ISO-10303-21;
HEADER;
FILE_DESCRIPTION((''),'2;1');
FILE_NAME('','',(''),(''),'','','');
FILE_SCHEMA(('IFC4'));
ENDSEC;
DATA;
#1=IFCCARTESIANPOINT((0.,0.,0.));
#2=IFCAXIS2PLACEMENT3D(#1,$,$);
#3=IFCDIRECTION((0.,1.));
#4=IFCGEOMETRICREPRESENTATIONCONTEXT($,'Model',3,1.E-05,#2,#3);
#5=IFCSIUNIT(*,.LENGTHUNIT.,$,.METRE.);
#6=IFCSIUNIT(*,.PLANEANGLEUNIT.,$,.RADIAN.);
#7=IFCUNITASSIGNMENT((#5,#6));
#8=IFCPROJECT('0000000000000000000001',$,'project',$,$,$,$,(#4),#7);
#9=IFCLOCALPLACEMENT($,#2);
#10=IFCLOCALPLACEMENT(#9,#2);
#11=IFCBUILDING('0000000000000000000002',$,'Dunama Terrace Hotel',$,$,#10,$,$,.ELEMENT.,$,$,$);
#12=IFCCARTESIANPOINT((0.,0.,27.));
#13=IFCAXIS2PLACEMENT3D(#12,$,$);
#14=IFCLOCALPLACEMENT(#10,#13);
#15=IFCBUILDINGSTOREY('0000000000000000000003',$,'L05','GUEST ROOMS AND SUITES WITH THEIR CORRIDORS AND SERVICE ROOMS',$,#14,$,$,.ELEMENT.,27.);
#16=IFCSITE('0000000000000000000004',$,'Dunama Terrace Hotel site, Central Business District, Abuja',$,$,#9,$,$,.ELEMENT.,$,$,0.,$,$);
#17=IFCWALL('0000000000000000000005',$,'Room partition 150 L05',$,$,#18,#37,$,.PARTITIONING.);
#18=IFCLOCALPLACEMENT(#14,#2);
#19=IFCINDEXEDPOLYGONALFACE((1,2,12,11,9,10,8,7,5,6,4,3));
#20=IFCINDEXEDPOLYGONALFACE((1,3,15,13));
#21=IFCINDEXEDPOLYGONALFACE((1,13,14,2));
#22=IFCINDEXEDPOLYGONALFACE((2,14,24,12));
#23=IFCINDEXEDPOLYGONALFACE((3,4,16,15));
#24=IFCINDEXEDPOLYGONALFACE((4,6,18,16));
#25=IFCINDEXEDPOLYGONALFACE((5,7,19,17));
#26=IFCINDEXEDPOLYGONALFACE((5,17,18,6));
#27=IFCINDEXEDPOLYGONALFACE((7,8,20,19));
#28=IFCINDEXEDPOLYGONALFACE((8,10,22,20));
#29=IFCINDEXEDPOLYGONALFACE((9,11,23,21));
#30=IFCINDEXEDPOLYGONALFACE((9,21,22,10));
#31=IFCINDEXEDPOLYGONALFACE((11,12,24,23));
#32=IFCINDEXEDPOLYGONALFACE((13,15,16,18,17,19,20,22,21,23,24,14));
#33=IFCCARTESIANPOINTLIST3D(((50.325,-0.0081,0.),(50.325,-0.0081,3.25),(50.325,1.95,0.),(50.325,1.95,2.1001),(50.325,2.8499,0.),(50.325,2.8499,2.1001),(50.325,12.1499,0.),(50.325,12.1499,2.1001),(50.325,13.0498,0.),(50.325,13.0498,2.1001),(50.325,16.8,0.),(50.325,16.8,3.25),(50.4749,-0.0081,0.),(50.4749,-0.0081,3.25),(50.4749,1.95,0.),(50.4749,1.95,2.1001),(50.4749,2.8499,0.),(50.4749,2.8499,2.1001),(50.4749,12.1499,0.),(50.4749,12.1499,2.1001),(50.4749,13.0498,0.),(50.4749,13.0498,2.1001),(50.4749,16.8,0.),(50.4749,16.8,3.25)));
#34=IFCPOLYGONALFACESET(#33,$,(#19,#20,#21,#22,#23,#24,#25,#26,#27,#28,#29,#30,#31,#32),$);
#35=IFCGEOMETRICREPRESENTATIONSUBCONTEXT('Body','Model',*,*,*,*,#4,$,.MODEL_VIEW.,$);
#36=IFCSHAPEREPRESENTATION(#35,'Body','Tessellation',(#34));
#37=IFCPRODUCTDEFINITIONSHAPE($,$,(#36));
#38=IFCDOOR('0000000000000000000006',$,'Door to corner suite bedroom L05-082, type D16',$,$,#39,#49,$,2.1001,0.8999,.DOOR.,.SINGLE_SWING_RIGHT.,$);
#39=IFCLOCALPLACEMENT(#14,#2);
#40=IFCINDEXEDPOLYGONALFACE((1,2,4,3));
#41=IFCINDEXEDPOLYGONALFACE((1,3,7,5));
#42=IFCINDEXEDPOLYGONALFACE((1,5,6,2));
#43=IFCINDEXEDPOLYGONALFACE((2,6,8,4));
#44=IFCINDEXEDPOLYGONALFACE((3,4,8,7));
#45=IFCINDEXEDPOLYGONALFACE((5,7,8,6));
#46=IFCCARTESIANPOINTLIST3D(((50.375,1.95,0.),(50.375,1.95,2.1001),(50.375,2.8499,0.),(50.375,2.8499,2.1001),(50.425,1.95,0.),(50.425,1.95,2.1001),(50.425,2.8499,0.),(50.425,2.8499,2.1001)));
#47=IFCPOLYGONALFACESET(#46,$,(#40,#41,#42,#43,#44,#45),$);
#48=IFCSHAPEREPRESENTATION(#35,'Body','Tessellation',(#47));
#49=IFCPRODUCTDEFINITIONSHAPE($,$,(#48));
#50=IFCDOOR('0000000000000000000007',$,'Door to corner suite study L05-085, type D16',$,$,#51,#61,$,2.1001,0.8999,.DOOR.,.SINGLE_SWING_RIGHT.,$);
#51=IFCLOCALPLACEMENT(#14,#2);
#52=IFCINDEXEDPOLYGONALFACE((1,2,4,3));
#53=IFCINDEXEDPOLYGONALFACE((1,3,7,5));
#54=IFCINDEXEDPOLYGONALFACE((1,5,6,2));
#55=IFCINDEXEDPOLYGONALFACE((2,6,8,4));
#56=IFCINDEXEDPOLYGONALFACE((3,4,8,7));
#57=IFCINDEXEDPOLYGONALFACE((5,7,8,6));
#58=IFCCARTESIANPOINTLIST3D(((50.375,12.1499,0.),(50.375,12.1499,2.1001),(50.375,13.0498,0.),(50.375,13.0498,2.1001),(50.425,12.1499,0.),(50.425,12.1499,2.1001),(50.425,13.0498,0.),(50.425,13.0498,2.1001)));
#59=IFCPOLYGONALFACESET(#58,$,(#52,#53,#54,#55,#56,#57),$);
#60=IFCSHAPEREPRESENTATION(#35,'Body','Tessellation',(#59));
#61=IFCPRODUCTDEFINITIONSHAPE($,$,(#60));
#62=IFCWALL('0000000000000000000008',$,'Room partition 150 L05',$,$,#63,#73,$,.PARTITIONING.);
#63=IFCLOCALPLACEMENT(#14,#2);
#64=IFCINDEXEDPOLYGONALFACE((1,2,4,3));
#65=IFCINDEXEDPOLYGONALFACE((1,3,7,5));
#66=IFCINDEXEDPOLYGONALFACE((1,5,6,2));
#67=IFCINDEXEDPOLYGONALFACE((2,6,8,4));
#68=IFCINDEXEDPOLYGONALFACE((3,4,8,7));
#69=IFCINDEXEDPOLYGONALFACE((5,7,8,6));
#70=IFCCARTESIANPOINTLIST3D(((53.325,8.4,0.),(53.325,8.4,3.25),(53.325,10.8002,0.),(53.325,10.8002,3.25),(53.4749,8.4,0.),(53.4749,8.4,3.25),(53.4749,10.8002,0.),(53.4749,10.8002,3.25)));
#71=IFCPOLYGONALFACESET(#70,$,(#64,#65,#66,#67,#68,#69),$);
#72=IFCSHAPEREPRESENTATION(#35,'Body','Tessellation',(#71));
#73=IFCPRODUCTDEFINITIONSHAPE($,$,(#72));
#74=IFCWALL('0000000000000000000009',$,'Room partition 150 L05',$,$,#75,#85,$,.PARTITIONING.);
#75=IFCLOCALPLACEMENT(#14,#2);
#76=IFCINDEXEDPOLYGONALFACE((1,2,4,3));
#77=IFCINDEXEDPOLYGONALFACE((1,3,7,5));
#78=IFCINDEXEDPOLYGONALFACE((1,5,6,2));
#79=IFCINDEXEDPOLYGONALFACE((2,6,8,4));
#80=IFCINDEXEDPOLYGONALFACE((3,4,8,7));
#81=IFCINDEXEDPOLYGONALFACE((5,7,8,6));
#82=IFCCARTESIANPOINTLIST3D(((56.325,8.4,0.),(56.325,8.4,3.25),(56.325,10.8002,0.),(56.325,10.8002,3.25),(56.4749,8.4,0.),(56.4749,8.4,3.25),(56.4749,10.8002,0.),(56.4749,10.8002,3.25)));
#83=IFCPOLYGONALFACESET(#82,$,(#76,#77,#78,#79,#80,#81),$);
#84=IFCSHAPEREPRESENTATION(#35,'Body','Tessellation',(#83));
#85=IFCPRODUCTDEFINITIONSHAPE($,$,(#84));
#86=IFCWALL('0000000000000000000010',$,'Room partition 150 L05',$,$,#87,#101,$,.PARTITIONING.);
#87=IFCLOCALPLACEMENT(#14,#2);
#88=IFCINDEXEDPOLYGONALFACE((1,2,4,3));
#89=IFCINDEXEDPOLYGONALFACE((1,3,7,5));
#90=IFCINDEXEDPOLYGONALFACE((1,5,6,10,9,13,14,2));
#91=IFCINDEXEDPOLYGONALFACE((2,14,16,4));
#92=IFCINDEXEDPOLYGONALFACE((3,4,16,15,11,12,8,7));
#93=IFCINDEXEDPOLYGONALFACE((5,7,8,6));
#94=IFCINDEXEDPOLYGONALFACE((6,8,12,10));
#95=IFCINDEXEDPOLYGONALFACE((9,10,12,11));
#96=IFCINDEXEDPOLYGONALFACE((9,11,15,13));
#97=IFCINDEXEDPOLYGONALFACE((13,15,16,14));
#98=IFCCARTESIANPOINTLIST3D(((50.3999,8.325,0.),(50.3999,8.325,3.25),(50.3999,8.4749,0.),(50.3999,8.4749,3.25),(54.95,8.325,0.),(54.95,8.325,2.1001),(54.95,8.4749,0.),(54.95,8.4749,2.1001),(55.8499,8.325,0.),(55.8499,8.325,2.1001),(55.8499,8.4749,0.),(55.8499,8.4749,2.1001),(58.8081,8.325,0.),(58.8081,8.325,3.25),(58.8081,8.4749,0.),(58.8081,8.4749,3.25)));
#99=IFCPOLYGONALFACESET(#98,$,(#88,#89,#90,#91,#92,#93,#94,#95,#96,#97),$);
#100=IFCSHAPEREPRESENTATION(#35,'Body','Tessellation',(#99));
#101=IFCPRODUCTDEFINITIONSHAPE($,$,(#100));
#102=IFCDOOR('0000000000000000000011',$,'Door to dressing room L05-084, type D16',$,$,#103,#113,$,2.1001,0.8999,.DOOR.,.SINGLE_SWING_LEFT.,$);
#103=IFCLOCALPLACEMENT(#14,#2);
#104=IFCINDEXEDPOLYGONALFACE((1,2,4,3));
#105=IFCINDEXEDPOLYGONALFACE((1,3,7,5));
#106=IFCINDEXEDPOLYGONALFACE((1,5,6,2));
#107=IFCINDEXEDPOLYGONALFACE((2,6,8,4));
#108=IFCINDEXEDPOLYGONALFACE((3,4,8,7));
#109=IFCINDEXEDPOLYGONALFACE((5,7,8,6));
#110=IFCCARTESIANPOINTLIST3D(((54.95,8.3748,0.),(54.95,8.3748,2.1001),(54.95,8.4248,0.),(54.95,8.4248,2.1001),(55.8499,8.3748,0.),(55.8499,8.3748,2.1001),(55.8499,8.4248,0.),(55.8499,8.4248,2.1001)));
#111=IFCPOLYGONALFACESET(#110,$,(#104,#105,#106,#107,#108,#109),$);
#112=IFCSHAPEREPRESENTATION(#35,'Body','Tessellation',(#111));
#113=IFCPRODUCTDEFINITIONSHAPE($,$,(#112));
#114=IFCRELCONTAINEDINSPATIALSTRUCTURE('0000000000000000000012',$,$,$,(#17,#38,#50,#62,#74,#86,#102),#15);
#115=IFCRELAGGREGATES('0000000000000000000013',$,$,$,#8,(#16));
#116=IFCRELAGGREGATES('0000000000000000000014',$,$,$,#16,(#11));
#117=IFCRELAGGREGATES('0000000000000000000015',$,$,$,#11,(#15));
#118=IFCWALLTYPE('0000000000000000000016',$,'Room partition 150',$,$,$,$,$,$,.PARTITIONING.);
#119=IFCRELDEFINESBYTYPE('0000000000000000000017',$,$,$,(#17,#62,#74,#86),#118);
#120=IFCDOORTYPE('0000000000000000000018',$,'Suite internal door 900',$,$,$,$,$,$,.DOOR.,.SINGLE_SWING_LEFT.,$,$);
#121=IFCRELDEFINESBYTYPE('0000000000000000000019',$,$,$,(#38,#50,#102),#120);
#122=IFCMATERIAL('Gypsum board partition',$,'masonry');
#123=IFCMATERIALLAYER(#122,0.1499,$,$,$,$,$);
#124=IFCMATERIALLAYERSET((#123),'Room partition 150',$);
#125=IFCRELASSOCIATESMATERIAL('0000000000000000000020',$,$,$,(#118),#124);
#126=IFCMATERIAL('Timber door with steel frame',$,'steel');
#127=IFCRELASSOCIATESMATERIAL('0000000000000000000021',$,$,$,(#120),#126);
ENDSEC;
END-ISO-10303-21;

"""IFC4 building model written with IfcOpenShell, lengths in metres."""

from ifc_helpers import new_model, si_unit, direction, frame, frame_2d, origin, place, context, subcontext, project, spatial, rectangle, extrude, material, layer, layer_set, type_object, element, fill, save


model = new_model("IFC4")

# Units and contexts
model_context = context("Model", 3, precision=1e-05, world=origin(), true_north=direction((0.0, 1.0)))
body_context = subcontext(model_context, "Body", "Model", "MODEL_VIEW")
ifc_project = project(units=[si_unit("LENGTHUNIT", "METRE"), si_unit("PLANEANGLEUNIT", "RADIAN")], contexts=[model_context])

# Site, building, storey
site_placement = place(None, origin())
site = spatial("IfcSite", under=ifc_project, at=site_placement, Name="Dunama Terrace Hotel site, Central Business District, Abuja", CompositionType="ELEMENT", RefElevation=0.0)
building_placement = place(site_placement, origin())
building = spatial("IfcBuilding", under=site, at=building_placement, Name="Dunama Terrace Hotel", CompositionType="ELEMENT")
storey_placement = place(building_placement, frame((0.0, 0.0, 27.0)))
storey = spatial("IfcBuildingStorey", under=building, at=storey_placement, Name="L05", Description="GUEST ROOMS AND SUITES WITH THEIR CORRIDORS AND SERVICE ROOMS", CompositionType="ELEMENT", Elevation=27.0)

# Wall, openings, doors
ifc_material_1 = material(Name="Gypsum board partition", Category="masonry")
ifc_layer_1 = layer(ifc_material_1, 0.1499)
ifc_layer_set_1 = layer_set([ifc_layer_1], Name="Room partition 150")
wall_type_1 = type_object("IfcWallType", Name="Room partition 150", PredefinedType="PARTITIONING", material=ifc_layer_set_1)
wall_1_placement = place(storey_placement, frame((50.3999, -0.0081, 0.0), z_axis=(0.0, 0.0, 1.0), x_axis=(0.0, 1.0, 0.0)))
wall_1 = element("IfcWall", 1, at=wall_1_placement, inside=storey, type_object=wall_type_1, Name="Room partition 150 L05", PredefinedType="PARTITIONING", context=body_context, shape_type="SweptSolid", body=[
    extrude(rectangle(XDim=16.8081, YDim=0.1499, at=frame_2d((8.4041, 0.0))), origin(), (0.0, 0.0, 1.0), 3.25),
])
opening_1_placement = place(wall_1_placement, frame((1.958, 0.0, 0.0)))
opening_1 = element("IfcOpeningElement", 2, at=opening_1_placement, cuts=wall_1, PredefinedType="OPENING", context=body_context, shape_type="SweptSolid", body=[
    extrude(rectangle(XDim=0.8999, YDim=2.1001, at=frame_2d((0.45, 1.05))), frame((0.0, 0.085, 0.0), z_axis=(0.0, -1.0, 0.0), x_axis=(1.0, 0.0, 0.0)), (0.0, 0.0, 1.0), 0.1699),
])
opening_2_placement = place(wall_1_placement, frame((12.158, 0.0, 0.0)))
opening_2 = element("IfcOpeningElement", 3, at=opening_2_placement, cuts=wall_1, PredefinedType="OPENING", context=body_context, shape_type="SweptSolid", body=[
    extrude(rectangle(XDim=0.8999, YDim=2.1001, at=frame_2d((0.45, 1.05))), frame((0.0, 0.085, 0.0), z_axis=(0.0, -1.0, 0.0), x_axis=(1.0, 0.0, 0.0)), (0.0, 0.0, 1.0), 0.1699),
])
ifc_material_2 = material(Name="Timber door with steel frame", Category="steel")
door_type_1 = type_object("IfcDoorType", Name="Suite internal door 900", OperationType="SINGLE_SWING_LEFT", PredefinedType="DOOR", material=ifc_material_2)
door_1_placement = place(opening_1_placement, frame((0.8999, 0.0, 0.0), z_axis=(0.0, 0.0, 1.0), x_axis=(-1.0, 0.0, 0.0)))
door_1 = element("IfcDoor", 4, at=door_1_placement, inside=storey, type_object=door_type_1, Name="Door to corner suite bedroom L05-082, type D16", OperationType="SINGLE_SWING_RIGHT", OverallHeight=2.1001, OverallWidth=0.8999, PredefinedType="DOOR", context=body_context, shape_type="SweptSolid", body=[
    extrude(rectangle(XDim=0.8999, YDim=2.1001, at=frame_2d((0.45, 1.05))), frame((0.0, 0.0251, 0.0), z_axis=(0.0, -1.0, 0.0), x_axis=(1.0, 0.0, 0.0)), (0.0, 0.0, 1.0), 0.05),
])
fill(opening_1, door_1)
door_2_placement = place(opening_2_placement, frame((0.8999, 0.0, 0.0), z_axis=(0.0, 0.0, 1.0), x_axis=(-1.0, 0.0, 0.0)))
door_2 = element("IfcDoor", 5, at=door_2_placement, inside=storey, type_object=door_type_1, Name="Door to corner suite study L05-085, type D16", OperationType="SINGLE_SWING_RIGHT", OverallHeight=2.1001, OverallWidth=0.8999, PredefinedType="DOOR", context=body_context, shape_type="SweptSolid", body=[
    extrude(rectangle(XDim=0.8999, YDim=2.1001, at=frame_2d((0.45, 1.05))), frame((0.0, 0.0251, 0.0), z_axis=(0.0, -1.0, 0.0), x_axis=(1.0, 0.0, 0.0)), (0.0, 0.0, 1.0), 0.05),
])
fill(opening_2, door_2)

# Walls
for number, where, z_axis, x_axis, name in (
    (6, (53.3999, 8.3999, 0.0), (0.0, 0.0, 1.0), (0.0, 1.0, 0.0), "Room partition 150 L05"),
    (7, (56.3999, 8.3999, 0.0), (0.0, 0.0, 1.0), (0.0, 1.0, 0.0), "Room partition 150 L05"),
):
    element("IfcWall", number, at=place(storey_placement, frame(where, z_axis=z_axis, x_axis=x_axis)), inside=storey, type_object=wall_type_1, Name=name, PredefinedType="PARTITIONING", context=body_context, shape_type="SweptSolid", body=[
        extrude(rectangle(XDim=2.4001, YDim=0.1499, at=frame_2d((1.2002, 0.0))), origin(), (0.0, 0.0, 1.0), 3.25),
    ])

# Wall, opening, door
wall_2_placement = place(storey_placement, frame((50.3999, 8.3999, 0.0), z_axis=(0.0, 0.0, 1.0), x_axis=(1.0, 0.0, 0.0)))
wall_2 = element("IfcWall", 8, at=wall_2_placement, inside=storey, type_object=wall_type_1, Name="Room partition 150 L05", PredefinedType="PARTITIONING", context=body_context, shape_type="SweptSolid", body=[
    extrude(rectangle(XDim=8.4082, YDim=0.1499, at=frame_2d((4.2041, 0.0))), origin(), (0.0, 0.0, 1.0), 3.25),
])
opening_3_placement = place(wall_2_placement, frame((4.55, 0.0, 0.0)))
opening_3 = element("IfcOpeningElement", 9, at=opening_3_placement, cuts=wall_2, PredefinedType="OPENING", context=body_context, shape_type="SweptSolid", body=[
    extrude(rectangle(XDim=0.8999, YDim=2.1001, at=frame_2d((0.45, 1.05))), frame((0.0, 0.085, 0.0), z_axis=(0.0, -1.0, 0.0), x_axis=(1.0, 0.0, 0.0)), (0.0, 0.0, 1.0), 0.1699),
])
door_3_placement = place(opening_3_placement, origin())
door_3 = element("IfcDoor", 10, at=door_3_placement, inside=storey, type_object=door_type_1, Name="Door to dressing room L05-084, type D16", OperationType="SINGLE_SWING_LEFT", OverallHeight=2.1001, OverallWidth=0.8999, PredefinedType="DOOR", context=body_context, shape_type="SweptSolid", body=[
    extrude(rectangle(XDim=0.8999, YDim=2.1001, at=frame_2d((0.45, 1.05))), frame((0.0, 0.0249, 0.0), z_axis=(0.0, -1.0, 0.0), x_axis=(1.0, 0.0, 0.0)), (0.0, 0.0, 1.0), 0.05),
])
fill(opening_3, door_3)

save(model, "model.ifc")
